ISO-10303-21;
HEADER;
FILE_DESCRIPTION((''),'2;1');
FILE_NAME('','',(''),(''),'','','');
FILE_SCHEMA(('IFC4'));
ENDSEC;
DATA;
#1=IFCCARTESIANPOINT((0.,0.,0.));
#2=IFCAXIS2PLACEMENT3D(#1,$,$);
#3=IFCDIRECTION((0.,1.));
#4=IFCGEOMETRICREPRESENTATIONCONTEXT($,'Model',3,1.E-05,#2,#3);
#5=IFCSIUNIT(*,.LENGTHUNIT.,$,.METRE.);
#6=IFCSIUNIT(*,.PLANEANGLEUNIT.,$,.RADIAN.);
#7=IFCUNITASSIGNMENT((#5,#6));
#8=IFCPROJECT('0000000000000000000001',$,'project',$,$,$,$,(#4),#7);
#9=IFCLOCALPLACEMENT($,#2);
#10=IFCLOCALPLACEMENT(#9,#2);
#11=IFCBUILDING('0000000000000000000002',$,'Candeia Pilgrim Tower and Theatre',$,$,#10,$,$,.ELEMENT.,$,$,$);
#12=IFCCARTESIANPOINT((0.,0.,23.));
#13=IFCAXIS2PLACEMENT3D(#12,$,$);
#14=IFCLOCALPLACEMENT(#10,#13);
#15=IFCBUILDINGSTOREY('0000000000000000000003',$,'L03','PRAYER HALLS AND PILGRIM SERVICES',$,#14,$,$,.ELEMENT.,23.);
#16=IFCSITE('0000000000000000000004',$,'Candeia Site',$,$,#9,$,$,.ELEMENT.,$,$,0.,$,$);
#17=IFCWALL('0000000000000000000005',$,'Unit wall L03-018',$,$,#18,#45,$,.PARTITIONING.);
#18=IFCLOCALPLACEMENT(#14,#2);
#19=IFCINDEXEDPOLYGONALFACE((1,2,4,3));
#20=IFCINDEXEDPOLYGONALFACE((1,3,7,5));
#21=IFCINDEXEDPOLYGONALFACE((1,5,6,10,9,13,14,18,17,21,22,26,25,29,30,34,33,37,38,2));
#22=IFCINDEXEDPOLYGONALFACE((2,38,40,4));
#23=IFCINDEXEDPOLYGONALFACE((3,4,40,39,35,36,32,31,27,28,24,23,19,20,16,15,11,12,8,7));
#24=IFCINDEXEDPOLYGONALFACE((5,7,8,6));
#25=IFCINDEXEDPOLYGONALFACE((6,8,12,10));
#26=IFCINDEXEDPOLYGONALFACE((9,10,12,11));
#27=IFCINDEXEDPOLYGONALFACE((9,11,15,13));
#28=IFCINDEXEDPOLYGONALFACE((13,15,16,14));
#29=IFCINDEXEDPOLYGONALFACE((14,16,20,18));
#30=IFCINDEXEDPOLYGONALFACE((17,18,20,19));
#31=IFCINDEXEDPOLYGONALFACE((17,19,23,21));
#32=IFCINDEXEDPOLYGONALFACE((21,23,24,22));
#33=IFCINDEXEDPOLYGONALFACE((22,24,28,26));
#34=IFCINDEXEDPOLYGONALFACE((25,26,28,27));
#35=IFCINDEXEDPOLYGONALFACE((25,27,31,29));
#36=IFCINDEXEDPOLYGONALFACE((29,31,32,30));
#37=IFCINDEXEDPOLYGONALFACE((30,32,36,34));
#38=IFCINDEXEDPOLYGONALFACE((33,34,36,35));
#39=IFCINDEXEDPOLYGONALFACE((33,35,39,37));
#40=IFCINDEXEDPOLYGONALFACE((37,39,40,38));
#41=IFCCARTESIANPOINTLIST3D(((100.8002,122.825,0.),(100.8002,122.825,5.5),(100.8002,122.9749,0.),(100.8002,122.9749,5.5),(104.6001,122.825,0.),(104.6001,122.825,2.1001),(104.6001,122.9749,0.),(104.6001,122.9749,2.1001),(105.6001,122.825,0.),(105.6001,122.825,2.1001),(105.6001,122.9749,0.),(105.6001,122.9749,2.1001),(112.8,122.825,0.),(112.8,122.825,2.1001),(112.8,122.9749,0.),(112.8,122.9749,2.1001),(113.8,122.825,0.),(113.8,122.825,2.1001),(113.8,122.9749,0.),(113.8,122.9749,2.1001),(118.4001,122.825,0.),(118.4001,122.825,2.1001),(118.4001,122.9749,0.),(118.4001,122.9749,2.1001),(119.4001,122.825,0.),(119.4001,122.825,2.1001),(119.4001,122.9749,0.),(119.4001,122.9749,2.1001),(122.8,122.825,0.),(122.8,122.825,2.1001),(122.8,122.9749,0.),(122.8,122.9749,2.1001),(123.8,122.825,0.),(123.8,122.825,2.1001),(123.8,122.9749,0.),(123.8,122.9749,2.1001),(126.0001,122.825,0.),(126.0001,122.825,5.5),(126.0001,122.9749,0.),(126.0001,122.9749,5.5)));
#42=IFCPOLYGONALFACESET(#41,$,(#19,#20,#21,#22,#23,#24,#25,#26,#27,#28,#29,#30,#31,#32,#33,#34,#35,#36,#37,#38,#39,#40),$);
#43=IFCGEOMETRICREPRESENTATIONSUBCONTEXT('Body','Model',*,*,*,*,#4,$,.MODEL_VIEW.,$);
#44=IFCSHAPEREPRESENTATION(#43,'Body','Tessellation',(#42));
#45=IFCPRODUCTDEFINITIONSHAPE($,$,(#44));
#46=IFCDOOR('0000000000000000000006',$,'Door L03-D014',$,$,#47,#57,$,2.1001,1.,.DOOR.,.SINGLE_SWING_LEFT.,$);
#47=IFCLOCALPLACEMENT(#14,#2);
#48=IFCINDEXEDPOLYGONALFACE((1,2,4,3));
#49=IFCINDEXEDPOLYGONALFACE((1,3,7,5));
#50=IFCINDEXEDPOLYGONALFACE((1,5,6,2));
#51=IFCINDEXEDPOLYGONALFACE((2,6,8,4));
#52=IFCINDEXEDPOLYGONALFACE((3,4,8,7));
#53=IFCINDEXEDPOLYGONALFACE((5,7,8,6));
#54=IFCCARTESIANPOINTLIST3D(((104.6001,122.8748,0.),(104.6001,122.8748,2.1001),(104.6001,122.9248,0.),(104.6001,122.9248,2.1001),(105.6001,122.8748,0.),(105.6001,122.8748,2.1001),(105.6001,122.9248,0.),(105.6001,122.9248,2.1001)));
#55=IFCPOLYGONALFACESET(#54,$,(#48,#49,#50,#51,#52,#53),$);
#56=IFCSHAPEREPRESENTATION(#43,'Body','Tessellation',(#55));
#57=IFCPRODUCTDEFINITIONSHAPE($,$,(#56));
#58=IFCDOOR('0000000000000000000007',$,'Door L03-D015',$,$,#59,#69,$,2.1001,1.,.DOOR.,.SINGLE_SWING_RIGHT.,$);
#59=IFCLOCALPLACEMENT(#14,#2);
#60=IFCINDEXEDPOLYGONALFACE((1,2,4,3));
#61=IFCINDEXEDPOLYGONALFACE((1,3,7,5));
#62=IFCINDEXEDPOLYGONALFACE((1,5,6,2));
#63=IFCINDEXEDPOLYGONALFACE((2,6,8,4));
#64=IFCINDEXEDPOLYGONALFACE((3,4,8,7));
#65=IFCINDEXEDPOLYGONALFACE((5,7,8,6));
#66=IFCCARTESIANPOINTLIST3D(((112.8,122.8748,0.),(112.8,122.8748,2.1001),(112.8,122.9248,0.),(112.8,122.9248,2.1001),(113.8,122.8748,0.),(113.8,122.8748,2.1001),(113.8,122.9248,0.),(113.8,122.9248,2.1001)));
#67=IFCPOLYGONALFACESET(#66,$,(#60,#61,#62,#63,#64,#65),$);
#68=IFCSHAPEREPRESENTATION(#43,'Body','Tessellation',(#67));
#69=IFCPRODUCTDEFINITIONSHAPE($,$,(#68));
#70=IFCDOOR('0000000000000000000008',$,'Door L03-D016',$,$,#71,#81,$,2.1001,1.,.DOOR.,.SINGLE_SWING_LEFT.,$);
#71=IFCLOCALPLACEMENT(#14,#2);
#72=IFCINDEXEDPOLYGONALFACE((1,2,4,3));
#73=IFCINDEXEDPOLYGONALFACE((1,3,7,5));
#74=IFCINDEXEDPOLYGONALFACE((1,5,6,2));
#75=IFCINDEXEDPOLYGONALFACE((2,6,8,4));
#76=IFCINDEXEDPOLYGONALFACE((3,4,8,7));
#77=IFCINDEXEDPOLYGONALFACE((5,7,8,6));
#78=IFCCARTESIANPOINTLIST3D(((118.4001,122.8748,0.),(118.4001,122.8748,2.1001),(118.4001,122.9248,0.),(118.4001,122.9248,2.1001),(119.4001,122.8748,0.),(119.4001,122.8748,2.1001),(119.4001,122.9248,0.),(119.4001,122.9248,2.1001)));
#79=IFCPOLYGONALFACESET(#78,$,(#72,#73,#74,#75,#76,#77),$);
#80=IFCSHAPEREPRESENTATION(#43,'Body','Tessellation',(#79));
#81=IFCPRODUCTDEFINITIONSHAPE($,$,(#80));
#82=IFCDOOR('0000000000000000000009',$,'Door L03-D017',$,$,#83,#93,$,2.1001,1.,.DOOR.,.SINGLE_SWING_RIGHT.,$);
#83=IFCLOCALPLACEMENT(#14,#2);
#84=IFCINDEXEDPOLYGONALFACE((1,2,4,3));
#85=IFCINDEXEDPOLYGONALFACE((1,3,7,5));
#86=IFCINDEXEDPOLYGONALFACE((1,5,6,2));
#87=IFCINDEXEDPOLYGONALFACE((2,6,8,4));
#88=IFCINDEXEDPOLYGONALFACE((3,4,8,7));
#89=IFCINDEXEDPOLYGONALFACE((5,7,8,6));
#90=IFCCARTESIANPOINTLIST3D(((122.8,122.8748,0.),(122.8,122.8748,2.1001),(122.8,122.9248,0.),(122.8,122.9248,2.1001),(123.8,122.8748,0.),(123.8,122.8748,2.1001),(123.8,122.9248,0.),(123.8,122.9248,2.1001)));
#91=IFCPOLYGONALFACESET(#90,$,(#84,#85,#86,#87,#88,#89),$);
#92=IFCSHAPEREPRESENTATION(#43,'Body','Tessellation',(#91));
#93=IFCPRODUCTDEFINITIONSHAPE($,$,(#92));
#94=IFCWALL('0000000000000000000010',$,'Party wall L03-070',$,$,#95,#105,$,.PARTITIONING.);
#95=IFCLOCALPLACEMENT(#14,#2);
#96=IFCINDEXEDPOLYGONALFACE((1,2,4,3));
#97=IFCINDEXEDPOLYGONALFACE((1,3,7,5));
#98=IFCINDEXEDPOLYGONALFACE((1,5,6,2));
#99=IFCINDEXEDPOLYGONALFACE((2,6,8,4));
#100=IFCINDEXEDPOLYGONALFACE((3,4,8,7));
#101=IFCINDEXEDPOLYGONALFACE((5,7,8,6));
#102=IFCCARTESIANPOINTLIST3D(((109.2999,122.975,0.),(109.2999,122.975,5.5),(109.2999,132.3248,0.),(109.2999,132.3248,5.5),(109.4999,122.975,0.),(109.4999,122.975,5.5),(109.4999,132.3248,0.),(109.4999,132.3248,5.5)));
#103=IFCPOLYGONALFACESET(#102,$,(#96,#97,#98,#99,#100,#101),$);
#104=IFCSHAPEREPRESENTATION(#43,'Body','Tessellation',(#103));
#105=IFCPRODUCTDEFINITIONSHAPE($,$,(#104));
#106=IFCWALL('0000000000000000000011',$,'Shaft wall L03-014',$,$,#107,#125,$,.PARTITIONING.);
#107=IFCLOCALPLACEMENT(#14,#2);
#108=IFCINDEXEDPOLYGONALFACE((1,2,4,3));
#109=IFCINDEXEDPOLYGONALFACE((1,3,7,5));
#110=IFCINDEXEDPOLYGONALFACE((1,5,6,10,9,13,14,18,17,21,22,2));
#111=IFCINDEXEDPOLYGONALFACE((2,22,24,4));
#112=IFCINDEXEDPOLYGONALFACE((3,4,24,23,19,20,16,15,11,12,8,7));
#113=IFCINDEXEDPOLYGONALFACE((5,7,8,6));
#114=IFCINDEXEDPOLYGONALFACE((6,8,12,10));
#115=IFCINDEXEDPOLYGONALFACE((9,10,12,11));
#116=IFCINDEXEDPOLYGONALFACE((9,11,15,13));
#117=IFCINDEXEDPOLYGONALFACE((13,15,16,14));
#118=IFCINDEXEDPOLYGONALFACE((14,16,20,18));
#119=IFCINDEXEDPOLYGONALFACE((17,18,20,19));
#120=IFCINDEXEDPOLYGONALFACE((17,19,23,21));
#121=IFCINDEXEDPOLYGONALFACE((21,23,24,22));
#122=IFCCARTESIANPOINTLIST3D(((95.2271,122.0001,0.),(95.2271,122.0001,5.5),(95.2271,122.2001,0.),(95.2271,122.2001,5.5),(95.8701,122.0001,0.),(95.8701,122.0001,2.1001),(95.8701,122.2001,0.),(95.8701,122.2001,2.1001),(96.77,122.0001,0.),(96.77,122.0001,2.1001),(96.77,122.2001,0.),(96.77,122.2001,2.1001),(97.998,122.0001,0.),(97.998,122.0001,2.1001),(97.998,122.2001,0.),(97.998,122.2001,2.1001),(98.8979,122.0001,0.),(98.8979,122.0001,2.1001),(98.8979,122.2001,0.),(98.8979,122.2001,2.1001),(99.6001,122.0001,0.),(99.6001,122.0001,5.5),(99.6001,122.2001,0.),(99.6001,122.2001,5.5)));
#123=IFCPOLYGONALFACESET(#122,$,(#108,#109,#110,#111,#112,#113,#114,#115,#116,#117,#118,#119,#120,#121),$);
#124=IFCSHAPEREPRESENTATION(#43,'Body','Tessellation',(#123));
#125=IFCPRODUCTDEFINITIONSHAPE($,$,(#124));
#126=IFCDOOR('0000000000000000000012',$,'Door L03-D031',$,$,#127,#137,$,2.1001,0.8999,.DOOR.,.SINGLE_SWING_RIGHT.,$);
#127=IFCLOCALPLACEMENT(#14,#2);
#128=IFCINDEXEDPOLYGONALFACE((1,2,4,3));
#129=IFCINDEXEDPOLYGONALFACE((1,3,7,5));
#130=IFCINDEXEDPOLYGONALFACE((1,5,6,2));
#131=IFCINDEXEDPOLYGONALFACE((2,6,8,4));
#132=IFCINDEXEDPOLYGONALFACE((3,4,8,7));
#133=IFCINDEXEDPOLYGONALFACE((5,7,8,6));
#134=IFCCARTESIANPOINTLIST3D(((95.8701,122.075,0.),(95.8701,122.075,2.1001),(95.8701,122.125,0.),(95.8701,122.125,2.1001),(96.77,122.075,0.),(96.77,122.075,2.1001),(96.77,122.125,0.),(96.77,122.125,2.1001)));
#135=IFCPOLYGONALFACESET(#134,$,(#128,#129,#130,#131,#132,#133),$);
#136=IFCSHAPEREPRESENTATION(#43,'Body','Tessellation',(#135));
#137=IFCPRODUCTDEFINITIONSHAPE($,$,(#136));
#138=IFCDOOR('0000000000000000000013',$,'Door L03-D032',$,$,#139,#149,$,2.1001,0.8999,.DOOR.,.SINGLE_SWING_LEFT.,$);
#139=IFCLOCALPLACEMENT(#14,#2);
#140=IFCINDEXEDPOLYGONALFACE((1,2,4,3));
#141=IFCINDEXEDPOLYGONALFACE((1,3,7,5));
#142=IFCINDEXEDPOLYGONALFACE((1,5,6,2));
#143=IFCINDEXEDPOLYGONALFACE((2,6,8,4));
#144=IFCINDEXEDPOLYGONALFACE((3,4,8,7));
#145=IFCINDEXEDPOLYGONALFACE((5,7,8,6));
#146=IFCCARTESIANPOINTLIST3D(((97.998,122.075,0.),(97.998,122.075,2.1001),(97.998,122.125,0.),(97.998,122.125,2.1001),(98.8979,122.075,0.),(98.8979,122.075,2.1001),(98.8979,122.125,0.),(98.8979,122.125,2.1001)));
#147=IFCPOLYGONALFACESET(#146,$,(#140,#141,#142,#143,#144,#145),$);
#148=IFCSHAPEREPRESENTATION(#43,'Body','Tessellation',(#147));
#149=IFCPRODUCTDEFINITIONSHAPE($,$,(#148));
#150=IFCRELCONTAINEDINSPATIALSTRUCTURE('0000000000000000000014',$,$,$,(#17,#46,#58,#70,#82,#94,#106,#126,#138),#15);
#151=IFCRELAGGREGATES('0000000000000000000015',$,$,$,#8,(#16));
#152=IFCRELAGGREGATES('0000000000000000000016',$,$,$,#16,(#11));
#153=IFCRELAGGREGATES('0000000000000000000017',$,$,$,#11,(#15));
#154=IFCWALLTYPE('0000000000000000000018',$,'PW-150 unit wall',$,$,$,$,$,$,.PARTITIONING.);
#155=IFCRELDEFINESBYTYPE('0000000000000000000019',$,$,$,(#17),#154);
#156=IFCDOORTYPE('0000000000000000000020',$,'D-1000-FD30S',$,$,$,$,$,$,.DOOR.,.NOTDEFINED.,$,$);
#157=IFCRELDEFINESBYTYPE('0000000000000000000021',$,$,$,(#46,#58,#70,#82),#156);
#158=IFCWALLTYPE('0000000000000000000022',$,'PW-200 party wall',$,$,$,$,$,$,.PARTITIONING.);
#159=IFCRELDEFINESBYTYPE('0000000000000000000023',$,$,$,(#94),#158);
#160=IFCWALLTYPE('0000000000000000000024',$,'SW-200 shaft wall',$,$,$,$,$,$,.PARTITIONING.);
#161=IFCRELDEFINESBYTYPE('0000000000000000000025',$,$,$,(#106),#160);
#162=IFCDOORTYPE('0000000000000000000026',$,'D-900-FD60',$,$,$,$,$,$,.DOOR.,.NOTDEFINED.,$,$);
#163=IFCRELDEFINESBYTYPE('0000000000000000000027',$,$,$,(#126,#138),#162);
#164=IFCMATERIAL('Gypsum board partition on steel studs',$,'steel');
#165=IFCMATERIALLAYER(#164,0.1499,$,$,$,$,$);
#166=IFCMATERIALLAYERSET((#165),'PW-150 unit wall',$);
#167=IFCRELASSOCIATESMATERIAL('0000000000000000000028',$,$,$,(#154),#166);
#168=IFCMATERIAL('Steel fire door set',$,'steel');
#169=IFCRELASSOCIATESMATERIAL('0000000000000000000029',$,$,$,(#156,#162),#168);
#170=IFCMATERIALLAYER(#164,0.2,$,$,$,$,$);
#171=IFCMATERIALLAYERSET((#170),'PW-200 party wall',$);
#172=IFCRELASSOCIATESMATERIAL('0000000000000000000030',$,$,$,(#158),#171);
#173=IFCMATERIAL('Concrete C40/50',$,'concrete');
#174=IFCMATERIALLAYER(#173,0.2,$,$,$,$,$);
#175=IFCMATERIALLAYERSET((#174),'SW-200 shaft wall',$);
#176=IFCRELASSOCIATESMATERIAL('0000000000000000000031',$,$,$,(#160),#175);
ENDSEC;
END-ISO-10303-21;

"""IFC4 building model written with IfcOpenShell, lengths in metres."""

from ifc_helpers import new_model, si_unit, direction, frame, frame_2d, origin, place, context, subcontext, project, spatial, rectangle, extrude, material, layer, layer_set, type_object, element, fill, save


model = new_model("IFC4")

# Units and contexts
model_context = context("Model", 3, precision=1e-05, world=origin(), true_north=direction((0.0, 1.0)))
body_context = subcontext(model_context, "Body", "Model", "MODEL_VIEW")
ifc_project = project(units=[si_unit("LENGTHUNIT", "METRE"), si_unit("PLANEANGLEUNIT", "RADIAN")], contexts=[model_context])

# Site, building, storey
site_placement = place(None, origin())
site = spatial("IfcSite", under=ifc_project, at=site_placement, Name="Candeia Site", CompositionType="ELEMENT", RefElevation=0.0)
building_placement = place(site_placement, origin())
building = spatial("IfcBuilding", under=site, at=building_placement, Name="Candeia Pilgrim Tower and Theatre", CompositionType="ELEMENT")
storey_placement = place(building_placement, frame((0.0, 0.0, 23.0)))
storey = spatial("IfcBuildingStorey", under=building, at=storey_placement, Name="L03", Description="PRAYER HALLS AND PILGRIM SERVICES", CompositionType="ELEMENT", Elevation=23.0)

# Shared definitions
ifc_material_1 = material(Name="Gypsum board partition on steel studs", Category="steel")
ifc_material_2 = material(Name="Steel fire door set", Category="steel")

# Wall, openings, doors
ifc_layer_1 = layer(ifc_material_1, 0.1499)
ifc_layer_set_1 = layer_set([ifc_layer_1], Name="PW-150 unit wall")
wall_type_1 = type_object("IfcWallType", Name="PW-150 unit wall", PredefinedType="PARTITIONING", material=ifc_layer_set_1)
door_type_1 = type_object("IfcDoorType", Name="D-1000-FD30S", OperationType="NOTDEFINED", PredefinedType="DOOR", material=ifc_material_2)
wall_1_placement = place(storey_placement, frame((100.8, 122.8999, 0.0), z_axis=(0.0, 0.0, 1.0), x_axis=(1.0, 0.0, 0.0)))
wall_1 = element("IfcWall", 1, at=wall_1_placement, inside=storey, type_object=wall_type_1, Name="Unit wall L03-018", PredefinedType="PARTITIONING", context=body_context, shape_type="SweptSolid", body=[
    extrude(rectangle(XDim=25.2, YDim=0.1499, at=frame_2d((12.6001, 0.0))), origin(), (0.0, 0.0, 1.0), 5.5),
])
opening_1_placement = place(wall_1_placement, frame((3.8, 0.0, 0.0)))
opening_1 = element("IfcOpeningElement", 2, at=opening_1_placement, cuts=wall_1, PredefinedType="OPENING", context=body_context, shape_type="SweptSolid", body=[
    extrude(rectangle(XDim=1.0, YDim=2.1001, at=frame_2d((0.5, 1.05))), frame((0.0, 0.085, 0.0), z_axis=(0.0, -1.0, 0.0), x_axis=(1.0, 0.0, 0.0)), (0.0, 0.0, 1.0), 0.1699),
])
opening_2_placement = place(wall_1_placement, frame((12.0, 0.0, 0.0)))
opening_2 = element("IfcOpeningElement", 3, at=opening_2_placement, cuts=wall_1, PredefinedType="OPENING", context=body_context, shape_type="SweptSolid", body=[
    extrude(rectangle(XDim=1.0, YDim=2.1001, at=frame_2d((0.5, 1.05))), frame((0.0, 0.085, 0.0), z_axis=(0.0, -1.0, 0.0), x_axis=(1.0, 0.0, 0.0)), (0.0, 0.0, 1.0), 0.1699),
])
opening_3_placement = place(wall_1_placement, frame((17.6001, 0.0, 0.0)))
opening_3 = element("IfcOpeningElement", 4, at=opening_3_placement, cuts=wall_1, PredefinedType="OPENING", context=body_context, shape_type="SweptSolid", body=[
    extrude(rectangle(XDim=1.0, YDim=2.1001, at=frame_2d((0.5, 1.05))), frame((0.0, 0.085, 0.0), z_axis=(0.0, -1.0, 0.0), x_axis=(1.0, 0.0, 0.0)), (0.0, 0.0, 1.0), 0.1699),
])
opening_4_placement = place(wall_1_placement, frame((22.0, 0.0, 0.0)))
opening_4 = element("IfcOpeningElement", 5, at=opening_4_placement, cuts=wall_1, PredefinedType="OPENING", context=body_context, shape_type="SweptSolid", body=[
    extrude(rectangle(XDim=1.0, YDim=2.1001, at=frame_2d((0.5, 1.05))), frame((0.0, 0.085, 0.0), z_axis=(0.0, -1.0, 0.0), x_axis=(1.0, 0.0, 0.0)), (0.0, 0.0, 1.0), 0.1699),
])
door_1_placement = place(opening_1_placement, origin())
door_1 = element("IfcDoor", 6, at=door_1_placement, inside=storey, type_object=door_type_1, Name="Door L03-D014", OperationType="SINGLE_SWING_LEFT", OverallHeight=2.1001, OverallWidth=1.0, PredefinedType="DOOR", context=body_context, shape_type="SweptSolid", body=[
    extrude(rectangle(XDim=1.0, YDim=2.1001, at=frame_2d((0.5, 1.05))), frame((0.0, 0.0249, 0.0), z_axis=(0.0, -1.0, 0.0), x_axis=(1.0, 0.0, 0.0)), (0.0, 0.0, 1.0), 0.05),
])
fill(opening_1, door_1)
door_2_placement = place(opening_2_placement, origin())
door_2 = element("IfcDoor", 7, at=door_2_placement, inside=storey, type_object=door_type_1, Name="Door L03-D015", OperationType="SINGLE_SWING_RIGHT", OverallHeight=2.1001, OverallWidth=1.0, PredefinedType="DOOR", context=body_context, shape_type="SweptSolid", body=[
    extrude(rectangle(XDim=1.0, YDim=2.1001, at=frame_2d((0.5, 1.05))), frame((0.0, 0.0249, 0.0), z_axis=(0.0, -1.0, 0.0), x_axis=(1.0, 0.0, 0.0)), (0.0, 0.0, 1.0), 0.05),
])
fill(opening_2, door_2)
door_3_placement = place(opening_3_placement, origin())
door_3 = element("IfcDoor", 8, at=door_3_placement, inside=storey, type_object=door_type_1, Name="Door L03-D016", OperationType="SINGLE_SWING_LEFT", OverallHeight=2.1001, OverallWidth=1.0, PredefinedType="DOOR", context=body_context, shape_type="SweptSolid", body=[
    extrude(rectangle(XDim=1.0, YDim=2.1001, at=frame_2d((0.5, 1.05))), frame((0.0, 0.0249, 0.0), z_axis=(0.0, -1.0, 0.0), x_axis=(1.0, 0.0, 0.0)), (0.0, 0.0, 1.0), 0.05),
])
fill(opening_3, door_3)
door_4_placement = place(opening_4_placement, origin())
door_4 = element("IfcDoor", 9, at=door_4_placement, inside=storey, type_object=door_type_1, Name="Door L03-D017", OperationType="SINGLE_SWING_RIGHT", OverallHeight=2.1001, OverallWidth=1.0, PredefinedType="DOOR", context=body_context, shape_type="SweptSolid", body=[
    extrude(rectangle(XDim=1.0, YDim=2.1001, at=frame_2d((0.5, 1.05))), frame((0.0, 0.0249, 0.0), z_axis=(0.0, -1.0, 0.0), x_axis=(1.0, 0.0, 0.0)), (0.0, 0.0, 1.0), 0.05),
])
fill(opening_4, door_4)

# Wall
ifc_layer_2 = layer(ifc_material_1, 0.2)
ifc_layer_set_2 = layer_set([ifc_layer_2], Name="PW-200 party wall")
wall_type_2 = type_object("IfcWallType", Name="PW-200 party wall", PredefinedType="PARTITIONING", material=ifc_layer_set_2)
wall_2_placement = place(storey_placement, frame((109.3999, 122.9751, 0.0), z_axis=(0.0, 0.0, 1.0), x_axis=(0.0, 1.0, 0.0)))
element("IfcWall", 10, at=wall_2_placement, inside=storey, type_object=wall_type_2, Name="Party wall L03-070", PredefinedType="PARTITIONING", context=body_context, shape_type="SweptSolid", body=[
    extrude(rectangle(XDim=9.3499, YDim=0.2, at=frame_2d((4.6748, 0.0))), origin(), (0.0, 0.0, 1.0), 5.5),
])

# Wall, openings, doors
ifc_material_3 = material(Name="Concrete C40/50", Category="concrete")
ifc_layer_3 = layer(ifc_material_3, 0.2)
ifc_layer_set_3 = layer_set([ifc_layer_3], Name="SW-200 shaft wall")
wall_type_3 = type_object("IfcWallType", Name="SW-200 shaft wall", PredefinedType="PARTITIONING", material=ifc_layer_set_3)
wall_3_placement = place(storey_placement, frame((95.2271, 122.1001, 0.0), z_axis=(0.0, 0.0, 1.0), x_axis=(1.0, 0.0, 0.0)))
wall_3 = element("IfcWall", 11, at=wall_3_placement, inside=storey, type_object=wall_type_3, Name="Shaft wall L03-014", PredefinedType="PARTITIONING", context=body_context, shape_type="SweptSolid", body=[
    extrude(rectangle(XDim=4.373, YDim=0.2, at=frame_2d((2.1865, 0.0))), origin(), (0.0, 0.0, 1.0), 5.5),
])
opening_5_placement = place(wall_3_placement, frame((0.6431, 0.0, 0.0)))
opening_5 = element("IfcOpeningElement", 12, at=opening_5_placement, cuts=wall_3, PredefinedType="OPENING", context=body_context, shape_type="SweptSolid", body=[
    extrude(rectangle(XDim=0.8999, YDim=2.1001, at=frame_2d((0.45, 1.05))), frame((0.0, 0.1099, 0.0), z_axis=(0.0, -1.0, 0.0), x_axis=(1.0, 0.0, 0.0)), (0.0, 0.0, 1.0), 0.22),
])
opening_6_placement = place(wall_3_placement, frame((2.771, 0.0, 0.0)))
opening_6 = element("IfcOpeningElement", 13, at=opening_6_placement, cuts=wall_3, PredefinedType="OPENING", context=body_context, shape_type="SweptSolid", body=[
    extrude(rectangle(XDim=0.8999, YDim=2.1001, at=frame_2d((0.45, 1.05))), frame((0.0, 0.1099, 0.0), z_axis=(0.0, -1.0, 0.0), x_axis=(1.0, 0.0, 0.0)), (0.0, 0.0, 1.0), 0.22),
])
door_type_2 = type_object("IfcDoorType", Name="D-900-FD60", OperationType="NOTDEFINED", PredefinedType="DOOR", material=ifc_material_2)
door_5_placement = place(opening_5_placement, origin())
door_5 = element("IfcDoor", 14, at=door_5_placement, inside=storey, type_object=door_type_2, Name="Door L03-D031", OperationType="SINGLE_SWING_RIGHT", OverallHeight=2.1001, OverallWidth=0.8999, PredefinedType="DOOR", context=body_context, shape_type="SweptSolid", body=[
    extrude(rectangle(XDim=0.8999, YDim=2.1001, at=frame_2d((0.45, 1.05))), frame((0.0, 0.0249, 0.0), z_axis=(0.0, -1.0, 0.0), x_axis=(1.0, 0.0, 0.0)), (0.0, 0.0, 1.0), 0.05),
])
fill(opening_5, door_5)
door_6_placement = place(opening_6_placement, origin())
door_6 = element("IfcDoor", 15, at=door_6_placement, inside=storey, type_object=door_type_2, Name="Door L03-D032", OperationType="SINGLE_SWING_LEFT", OverallHeight=2.1001, OverallWidth=0.8999, PredefinedType="DOOR", context=body_context, shape_type="SweptSolid", body=[
    extrude(rectangle(XDim=0.8999, YDim=2.1001, at=frame_2d((0.45, 1.05))), frame((0.0, 0.0249, 0.0), z_axis=(0.0, -1.0, 0.0), x_axis=(1.0, 0.0, 0.0)), (0.0, 0.0, 1.0), 0.05),
])
fill(opening_6, door_6)

save(model, "model.ifc")
